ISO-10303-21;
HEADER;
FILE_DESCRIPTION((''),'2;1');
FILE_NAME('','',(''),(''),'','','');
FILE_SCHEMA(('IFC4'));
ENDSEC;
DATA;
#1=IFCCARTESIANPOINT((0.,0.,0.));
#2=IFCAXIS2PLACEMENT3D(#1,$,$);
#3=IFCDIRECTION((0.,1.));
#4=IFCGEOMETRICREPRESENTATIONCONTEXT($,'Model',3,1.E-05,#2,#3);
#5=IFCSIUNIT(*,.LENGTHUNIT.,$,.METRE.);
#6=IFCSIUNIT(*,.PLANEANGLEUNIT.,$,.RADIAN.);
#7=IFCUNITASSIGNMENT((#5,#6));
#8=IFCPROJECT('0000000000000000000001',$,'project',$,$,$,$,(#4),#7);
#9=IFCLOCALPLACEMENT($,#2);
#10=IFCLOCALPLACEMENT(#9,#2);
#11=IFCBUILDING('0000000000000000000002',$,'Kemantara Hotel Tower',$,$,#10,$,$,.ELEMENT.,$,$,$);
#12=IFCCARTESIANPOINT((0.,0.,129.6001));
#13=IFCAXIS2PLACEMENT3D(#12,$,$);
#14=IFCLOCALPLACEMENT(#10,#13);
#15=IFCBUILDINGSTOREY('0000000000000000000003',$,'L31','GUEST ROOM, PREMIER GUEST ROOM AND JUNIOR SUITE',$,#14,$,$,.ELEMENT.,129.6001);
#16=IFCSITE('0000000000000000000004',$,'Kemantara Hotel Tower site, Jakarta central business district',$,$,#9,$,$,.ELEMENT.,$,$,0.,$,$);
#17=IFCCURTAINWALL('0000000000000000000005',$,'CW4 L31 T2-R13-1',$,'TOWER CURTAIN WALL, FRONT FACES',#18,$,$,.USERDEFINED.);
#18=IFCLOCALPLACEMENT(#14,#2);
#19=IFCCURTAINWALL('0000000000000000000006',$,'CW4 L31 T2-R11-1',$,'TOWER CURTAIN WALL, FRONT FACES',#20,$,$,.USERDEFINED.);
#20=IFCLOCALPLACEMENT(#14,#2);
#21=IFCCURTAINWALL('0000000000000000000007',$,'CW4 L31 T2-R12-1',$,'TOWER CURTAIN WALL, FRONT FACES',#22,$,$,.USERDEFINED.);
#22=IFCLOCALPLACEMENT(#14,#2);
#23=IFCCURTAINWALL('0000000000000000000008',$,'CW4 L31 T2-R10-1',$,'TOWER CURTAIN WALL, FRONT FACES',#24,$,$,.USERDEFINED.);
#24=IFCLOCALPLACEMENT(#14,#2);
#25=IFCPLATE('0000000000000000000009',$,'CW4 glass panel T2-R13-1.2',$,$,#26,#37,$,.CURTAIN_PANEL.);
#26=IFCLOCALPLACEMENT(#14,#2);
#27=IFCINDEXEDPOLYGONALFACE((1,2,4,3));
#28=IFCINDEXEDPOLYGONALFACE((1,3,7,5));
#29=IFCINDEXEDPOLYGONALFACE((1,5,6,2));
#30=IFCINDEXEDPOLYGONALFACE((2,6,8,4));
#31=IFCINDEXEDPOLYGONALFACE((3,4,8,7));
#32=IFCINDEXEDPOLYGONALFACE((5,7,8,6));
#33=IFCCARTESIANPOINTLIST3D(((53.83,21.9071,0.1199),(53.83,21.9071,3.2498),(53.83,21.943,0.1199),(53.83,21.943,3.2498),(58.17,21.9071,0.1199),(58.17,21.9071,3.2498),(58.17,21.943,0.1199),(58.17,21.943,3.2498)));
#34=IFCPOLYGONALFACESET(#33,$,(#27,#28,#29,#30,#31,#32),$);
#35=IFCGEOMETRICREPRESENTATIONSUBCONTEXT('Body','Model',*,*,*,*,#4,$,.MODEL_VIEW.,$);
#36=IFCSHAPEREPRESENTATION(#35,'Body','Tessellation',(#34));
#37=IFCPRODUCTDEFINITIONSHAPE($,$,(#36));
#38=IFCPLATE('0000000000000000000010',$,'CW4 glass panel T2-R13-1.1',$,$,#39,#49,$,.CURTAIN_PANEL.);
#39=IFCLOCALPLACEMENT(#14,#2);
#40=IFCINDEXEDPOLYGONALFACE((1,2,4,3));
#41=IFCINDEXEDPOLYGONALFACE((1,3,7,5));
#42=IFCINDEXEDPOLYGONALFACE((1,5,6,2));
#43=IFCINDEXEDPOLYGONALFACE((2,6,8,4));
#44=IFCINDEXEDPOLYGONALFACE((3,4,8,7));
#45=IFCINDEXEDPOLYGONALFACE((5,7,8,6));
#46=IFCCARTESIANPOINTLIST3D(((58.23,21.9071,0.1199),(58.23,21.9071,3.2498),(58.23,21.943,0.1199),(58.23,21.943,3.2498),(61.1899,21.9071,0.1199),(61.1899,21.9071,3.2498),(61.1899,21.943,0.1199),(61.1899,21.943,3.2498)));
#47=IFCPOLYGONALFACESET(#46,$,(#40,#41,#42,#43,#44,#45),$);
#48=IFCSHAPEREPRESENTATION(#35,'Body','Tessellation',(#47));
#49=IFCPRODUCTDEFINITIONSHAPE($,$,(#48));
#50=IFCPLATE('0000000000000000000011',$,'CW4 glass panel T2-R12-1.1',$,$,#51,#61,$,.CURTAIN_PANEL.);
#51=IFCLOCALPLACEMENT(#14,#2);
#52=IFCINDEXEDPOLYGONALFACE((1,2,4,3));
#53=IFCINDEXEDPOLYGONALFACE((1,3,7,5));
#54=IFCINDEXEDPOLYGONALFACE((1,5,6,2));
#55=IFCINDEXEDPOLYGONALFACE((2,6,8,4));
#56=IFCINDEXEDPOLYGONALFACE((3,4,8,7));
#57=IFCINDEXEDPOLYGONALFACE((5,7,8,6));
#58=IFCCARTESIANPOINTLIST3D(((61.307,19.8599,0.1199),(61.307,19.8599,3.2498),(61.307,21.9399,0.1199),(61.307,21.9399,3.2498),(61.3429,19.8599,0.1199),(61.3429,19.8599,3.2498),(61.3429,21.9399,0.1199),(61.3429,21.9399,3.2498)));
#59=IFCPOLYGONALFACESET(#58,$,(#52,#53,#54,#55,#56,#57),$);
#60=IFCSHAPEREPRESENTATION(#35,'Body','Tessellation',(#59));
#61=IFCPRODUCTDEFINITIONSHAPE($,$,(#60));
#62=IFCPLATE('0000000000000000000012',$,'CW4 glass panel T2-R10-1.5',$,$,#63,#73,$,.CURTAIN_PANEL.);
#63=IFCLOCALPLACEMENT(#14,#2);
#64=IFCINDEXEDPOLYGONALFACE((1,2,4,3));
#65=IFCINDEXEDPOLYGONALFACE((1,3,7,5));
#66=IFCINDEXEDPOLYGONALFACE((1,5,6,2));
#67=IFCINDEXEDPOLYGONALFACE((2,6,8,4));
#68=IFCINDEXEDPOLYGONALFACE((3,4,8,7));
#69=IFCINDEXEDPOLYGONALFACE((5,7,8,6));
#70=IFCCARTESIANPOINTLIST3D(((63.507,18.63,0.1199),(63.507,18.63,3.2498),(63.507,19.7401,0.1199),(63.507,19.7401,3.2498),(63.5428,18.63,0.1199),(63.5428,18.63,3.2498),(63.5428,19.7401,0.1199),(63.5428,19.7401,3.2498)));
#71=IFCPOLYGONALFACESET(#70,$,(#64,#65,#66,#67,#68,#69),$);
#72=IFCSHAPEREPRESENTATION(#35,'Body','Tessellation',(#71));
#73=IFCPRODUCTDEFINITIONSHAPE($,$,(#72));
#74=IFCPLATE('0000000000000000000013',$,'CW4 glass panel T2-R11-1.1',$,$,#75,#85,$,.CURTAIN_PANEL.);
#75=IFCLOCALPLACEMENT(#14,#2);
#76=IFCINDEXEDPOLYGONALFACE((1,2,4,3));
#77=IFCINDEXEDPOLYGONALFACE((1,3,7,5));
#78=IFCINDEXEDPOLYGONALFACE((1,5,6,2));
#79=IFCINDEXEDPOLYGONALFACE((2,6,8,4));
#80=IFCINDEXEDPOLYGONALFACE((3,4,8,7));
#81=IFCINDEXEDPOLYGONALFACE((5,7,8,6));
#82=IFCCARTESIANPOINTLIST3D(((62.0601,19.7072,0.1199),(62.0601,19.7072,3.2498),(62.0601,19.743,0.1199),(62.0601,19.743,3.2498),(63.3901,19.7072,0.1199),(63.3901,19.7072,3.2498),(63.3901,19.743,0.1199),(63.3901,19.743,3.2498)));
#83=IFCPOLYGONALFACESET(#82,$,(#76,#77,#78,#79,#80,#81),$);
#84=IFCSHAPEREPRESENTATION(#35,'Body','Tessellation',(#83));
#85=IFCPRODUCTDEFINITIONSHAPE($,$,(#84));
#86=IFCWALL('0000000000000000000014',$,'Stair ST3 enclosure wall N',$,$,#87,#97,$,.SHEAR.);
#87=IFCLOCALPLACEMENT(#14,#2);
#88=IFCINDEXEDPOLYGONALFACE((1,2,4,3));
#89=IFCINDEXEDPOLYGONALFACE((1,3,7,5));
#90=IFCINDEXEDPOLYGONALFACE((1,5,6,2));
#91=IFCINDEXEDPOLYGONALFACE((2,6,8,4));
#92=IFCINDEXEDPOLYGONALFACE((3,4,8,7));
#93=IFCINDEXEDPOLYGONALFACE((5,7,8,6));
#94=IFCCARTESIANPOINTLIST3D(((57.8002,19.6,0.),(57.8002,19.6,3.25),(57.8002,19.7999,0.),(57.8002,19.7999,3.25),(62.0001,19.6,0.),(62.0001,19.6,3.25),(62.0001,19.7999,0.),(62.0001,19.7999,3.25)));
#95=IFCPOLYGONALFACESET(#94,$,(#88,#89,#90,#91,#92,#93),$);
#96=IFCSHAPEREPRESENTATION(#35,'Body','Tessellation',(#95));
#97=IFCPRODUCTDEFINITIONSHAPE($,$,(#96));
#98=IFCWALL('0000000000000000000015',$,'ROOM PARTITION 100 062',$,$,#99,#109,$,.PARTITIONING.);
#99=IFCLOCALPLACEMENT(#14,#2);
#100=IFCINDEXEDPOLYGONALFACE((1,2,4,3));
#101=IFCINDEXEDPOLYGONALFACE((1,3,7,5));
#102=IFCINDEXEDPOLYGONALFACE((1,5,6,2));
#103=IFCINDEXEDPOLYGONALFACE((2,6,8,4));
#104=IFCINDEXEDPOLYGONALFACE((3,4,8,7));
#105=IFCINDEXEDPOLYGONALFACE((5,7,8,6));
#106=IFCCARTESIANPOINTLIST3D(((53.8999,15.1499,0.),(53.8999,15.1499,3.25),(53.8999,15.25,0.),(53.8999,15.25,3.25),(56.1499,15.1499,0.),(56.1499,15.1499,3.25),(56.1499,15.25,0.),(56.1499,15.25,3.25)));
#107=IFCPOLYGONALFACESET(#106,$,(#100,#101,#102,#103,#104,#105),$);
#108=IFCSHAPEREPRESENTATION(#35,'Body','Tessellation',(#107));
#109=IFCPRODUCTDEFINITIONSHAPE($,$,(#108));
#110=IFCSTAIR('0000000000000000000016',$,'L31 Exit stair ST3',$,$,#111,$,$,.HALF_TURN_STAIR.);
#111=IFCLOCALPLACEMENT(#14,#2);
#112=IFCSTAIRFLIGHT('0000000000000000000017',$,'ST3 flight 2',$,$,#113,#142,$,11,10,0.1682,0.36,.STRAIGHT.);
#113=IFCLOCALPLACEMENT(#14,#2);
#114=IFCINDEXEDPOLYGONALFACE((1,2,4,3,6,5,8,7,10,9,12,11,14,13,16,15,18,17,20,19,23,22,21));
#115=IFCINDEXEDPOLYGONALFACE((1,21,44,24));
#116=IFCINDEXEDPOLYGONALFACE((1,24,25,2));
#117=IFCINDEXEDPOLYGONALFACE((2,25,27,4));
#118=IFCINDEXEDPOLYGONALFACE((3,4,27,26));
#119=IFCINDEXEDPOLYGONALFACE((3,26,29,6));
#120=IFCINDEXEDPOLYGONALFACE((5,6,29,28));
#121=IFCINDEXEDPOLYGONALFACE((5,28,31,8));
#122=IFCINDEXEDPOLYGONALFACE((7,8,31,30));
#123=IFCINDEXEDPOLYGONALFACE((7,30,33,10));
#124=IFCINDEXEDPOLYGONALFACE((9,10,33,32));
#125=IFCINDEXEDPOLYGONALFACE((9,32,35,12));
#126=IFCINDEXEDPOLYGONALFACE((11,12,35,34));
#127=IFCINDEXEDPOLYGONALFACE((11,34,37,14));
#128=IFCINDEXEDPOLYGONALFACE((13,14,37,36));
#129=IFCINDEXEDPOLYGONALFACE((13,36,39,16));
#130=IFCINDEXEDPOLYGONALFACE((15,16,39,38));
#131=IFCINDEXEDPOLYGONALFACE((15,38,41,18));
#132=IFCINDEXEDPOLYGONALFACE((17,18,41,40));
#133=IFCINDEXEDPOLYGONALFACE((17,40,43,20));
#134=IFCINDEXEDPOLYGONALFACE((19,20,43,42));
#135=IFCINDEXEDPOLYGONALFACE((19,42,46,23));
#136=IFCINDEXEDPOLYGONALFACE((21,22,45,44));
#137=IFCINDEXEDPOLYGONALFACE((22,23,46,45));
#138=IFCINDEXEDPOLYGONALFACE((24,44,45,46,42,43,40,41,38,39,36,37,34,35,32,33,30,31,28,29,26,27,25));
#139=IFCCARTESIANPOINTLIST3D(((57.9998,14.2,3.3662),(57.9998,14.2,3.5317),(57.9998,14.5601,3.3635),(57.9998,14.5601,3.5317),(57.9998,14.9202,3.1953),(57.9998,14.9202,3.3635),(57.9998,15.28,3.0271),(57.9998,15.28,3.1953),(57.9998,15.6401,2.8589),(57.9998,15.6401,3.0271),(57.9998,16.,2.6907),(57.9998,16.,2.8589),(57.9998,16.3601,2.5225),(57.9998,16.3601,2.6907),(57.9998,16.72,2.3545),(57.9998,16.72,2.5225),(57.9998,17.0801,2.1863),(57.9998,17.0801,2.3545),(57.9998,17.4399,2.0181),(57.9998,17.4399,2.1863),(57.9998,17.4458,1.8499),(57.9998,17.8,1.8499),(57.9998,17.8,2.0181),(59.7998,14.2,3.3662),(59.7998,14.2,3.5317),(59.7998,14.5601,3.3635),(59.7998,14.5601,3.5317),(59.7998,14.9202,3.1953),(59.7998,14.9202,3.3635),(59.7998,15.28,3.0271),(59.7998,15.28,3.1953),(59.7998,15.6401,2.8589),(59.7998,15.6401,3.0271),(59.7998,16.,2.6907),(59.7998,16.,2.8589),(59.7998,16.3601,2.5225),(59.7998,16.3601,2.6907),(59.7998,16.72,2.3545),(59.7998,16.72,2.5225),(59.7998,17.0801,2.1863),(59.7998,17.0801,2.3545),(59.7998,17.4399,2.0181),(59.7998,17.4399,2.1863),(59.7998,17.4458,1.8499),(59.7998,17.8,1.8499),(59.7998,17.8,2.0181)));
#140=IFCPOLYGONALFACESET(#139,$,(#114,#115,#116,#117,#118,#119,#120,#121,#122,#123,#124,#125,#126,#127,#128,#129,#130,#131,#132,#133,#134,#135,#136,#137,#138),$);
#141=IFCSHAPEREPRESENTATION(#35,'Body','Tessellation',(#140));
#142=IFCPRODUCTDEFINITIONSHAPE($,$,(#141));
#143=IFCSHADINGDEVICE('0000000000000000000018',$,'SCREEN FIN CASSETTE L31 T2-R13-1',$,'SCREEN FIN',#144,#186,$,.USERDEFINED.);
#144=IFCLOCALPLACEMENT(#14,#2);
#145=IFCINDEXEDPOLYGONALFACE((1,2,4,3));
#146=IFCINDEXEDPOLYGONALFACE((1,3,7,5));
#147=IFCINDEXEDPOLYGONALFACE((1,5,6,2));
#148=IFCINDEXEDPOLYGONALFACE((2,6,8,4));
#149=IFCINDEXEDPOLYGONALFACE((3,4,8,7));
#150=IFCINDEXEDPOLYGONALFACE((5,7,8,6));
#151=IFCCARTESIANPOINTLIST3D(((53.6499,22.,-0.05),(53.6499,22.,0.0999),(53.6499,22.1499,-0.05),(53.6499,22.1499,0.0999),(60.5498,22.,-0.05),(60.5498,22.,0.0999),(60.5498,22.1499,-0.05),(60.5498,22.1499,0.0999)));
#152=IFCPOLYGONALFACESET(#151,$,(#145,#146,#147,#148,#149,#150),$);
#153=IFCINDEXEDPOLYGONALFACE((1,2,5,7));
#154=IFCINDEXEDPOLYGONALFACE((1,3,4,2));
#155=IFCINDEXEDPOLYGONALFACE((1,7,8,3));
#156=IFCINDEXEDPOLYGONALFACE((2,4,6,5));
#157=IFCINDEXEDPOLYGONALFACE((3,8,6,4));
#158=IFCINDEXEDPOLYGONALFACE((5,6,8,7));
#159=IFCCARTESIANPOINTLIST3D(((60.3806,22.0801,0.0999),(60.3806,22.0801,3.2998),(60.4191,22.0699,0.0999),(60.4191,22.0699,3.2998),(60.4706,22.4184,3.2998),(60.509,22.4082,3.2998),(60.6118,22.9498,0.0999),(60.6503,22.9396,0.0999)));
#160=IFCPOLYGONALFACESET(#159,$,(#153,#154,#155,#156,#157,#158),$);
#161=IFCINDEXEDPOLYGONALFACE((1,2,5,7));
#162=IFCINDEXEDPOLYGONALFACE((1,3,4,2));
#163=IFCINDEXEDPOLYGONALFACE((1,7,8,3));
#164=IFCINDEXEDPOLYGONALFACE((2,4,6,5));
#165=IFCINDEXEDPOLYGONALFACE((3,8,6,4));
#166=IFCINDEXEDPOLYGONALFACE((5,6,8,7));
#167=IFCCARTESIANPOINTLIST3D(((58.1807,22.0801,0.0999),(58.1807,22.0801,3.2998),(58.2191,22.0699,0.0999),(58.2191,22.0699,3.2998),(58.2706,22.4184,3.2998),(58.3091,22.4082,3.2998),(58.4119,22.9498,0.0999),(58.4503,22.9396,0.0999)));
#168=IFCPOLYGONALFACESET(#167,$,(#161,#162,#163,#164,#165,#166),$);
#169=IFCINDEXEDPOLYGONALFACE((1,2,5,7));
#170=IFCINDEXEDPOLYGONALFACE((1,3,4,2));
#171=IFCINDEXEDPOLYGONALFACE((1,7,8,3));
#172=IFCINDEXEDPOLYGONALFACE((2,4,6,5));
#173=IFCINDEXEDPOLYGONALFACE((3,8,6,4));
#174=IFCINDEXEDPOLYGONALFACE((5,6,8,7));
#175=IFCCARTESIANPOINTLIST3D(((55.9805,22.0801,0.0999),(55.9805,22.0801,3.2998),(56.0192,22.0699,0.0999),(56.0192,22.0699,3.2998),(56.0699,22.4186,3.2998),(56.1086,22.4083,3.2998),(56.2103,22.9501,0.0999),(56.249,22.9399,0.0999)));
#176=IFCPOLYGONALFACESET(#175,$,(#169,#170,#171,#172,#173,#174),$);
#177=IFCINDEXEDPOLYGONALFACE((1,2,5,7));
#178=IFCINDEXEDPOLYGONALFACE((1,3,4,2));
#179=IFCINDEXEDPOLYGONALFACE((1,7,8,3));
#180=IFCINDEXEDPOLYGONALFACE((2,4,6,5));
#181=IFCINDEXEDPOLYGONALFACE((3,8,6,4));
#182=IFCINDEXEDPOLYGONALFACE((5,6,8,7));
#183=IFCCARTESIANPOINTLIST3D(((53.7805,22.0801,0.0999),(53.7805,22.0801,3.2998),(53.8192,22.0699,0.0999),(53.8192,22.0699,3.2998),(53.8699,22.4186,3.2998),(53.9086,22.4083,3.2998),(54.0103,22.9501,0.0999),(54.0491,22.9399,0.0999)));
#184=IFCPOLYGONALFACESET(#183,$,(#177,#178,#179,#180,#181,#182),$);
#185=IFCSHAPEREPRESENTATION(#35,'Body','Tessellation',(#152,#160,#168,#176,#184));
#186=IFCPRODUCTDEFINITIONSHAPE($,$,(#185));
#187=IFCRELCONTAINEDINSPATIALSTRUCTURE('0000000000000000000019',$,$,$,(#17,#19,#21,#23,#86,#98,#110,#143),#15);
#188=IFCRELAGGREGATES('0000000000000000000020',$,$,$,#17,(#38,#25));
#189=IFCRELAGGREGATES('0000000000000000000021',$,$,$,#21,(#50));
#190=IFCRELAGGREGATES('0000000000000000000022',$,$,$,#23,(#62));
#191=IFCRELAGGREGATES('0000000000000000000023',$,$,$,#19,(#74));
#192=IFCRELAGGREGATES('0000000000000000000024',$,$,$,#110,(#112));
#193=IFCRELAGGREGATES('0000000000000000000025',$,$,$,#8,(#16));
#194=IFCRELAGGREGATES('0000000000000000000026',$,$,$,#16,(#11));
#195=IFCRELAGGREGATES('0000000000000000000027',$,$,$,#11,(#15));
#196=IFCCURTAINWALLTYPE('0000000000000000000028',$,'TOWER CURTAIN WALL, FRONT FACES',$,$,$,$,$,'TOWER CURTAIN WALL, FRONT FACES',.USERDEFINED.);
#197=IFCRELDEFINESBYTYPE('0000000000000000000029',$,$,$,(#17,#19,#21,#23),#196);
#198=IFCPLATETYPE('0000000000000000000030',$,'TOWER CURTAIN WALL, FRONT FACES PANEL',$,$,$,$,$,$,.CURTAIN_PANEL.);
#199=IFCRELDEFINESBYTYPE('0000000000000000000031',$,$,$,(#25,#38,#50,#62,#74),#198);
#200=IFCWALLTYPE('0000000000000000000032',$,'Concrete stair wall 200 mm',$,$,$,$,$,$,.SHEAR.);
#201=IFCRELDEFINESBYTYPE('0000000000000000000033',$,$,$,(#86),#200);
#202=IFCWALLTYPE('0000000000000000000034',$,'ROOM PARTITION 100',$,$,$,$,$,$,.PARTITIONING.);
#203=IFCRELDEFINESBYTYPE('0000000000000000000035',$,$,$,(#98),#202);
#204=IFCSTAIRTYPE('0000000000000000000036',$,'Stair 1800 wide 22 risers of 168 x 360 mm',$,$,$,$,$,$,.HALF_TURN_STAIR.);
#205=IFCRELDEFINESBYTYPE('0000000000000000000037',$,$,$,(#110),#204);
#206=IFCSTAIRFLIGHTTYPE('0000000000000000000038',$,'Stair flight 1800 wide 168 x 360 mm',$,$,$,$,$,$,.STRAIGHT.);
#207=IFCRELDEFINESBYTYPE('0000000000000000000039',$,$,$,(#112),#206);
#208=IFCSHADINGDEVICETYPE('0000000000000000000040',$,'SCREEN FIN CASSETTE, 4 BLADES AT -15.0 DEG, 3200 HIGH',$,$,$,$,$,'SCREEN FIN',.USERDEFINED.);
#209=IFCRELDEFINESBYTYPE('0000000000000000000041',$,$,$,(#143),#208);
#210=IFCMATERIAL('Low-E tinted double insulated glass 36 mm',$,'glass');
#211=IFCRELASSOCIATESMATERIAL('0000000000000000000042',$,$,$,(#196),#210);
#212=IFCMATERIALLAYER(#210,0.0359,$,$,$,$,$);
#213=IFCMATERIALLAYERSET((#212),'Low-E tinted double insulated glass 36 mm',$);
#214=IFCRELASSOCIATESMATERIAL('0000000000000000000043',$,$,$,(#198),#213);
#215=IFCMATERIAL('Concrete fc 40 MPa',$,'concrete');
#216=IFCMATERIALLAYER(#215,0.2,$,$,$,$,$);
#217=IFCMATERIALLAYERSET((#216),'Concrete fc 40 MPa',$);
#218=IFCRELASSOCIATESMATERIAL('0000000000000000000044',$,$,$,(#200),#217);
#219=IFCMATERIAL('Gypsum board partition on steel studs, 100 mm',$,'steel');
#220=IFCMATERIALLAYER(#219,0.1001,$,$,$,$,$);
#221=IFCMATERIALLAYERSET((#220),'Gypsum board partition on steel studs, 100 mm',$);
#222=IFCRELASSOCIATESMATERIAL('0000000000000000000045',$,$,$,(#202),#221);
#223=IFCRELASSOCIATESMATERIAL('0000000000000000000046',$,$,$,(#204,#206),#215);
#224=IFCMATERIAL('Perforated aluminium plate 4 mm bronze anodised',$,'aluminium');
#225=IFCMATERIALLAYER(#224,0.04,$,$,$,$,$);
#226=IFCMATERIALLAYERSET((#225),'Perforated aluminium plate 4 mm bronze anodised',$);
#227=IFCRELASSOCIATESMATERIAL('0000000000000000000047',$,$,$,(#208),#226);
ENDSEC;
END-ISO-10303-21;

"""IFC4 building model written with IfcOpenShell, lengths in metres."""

from ifc_helpers import new_model, si_unit, direction, frame, frame_2d, origin, origin_2d, place, context, subcontext, project, spatial, polyline, rectangle, outline, extrude, source, transform, mapped, material, layer, layer_set, type_object, element, aggregate, save


model = new_model("IFC4")

# Units and contexts
model_context = context("Model", 3, precision=1e-05, world=origin(), true_north=direction((0.0, 1.0)))
body_context = subcontext(model_context, "Body", "Model", "MODEL_VIEW")
ifc_project = project(units=[si_unit("LENGTHUNIT", "METRE"), si_unit("PLANEANGLEUNIT", "RADIAN")], contexts=[model_context])

# Site, building, storey
site_placement = place(None, origin())
site = spatial("IfcSite", under=ifc_project, at=site_placement, Name="Kemantara Hotel Tower site, Jakarta central business district", CompositionType="ELEMENT", RefElevation=0.0)
building_placement = place(site_placement, origin())
building = spatial("IfcBuilding", under=site, at=building_placement, Name="Kemantara Hotel Tower", CompositionType="ELEMENT")
storey_placement = place(building_placement, frame((0.0, 0.0, 129.6001)))
storey = spatial("IfcBuildingStorey", under=building, at=storey_placement, Name="L31", Description="GUEST ROOM, PREMIER GUEST ROOM AND JUNIOR SUITE", CompositionType="ELEMENT", Elevation=129.6001)

# Curtain walls
ifc_material_1 = material(Name="Low-E tinted double insulated glass 36 mm", Category="glass")
curtain_wall_type = type_object("IfcCurtainWallType", Name="TOWER CURTAIN WALL, FRONT FACES", ElementType="TOWER CURTAIN WALL, FRONT FACES", PredefinedType="USERDEFINED", material=ifc_material_1)
curtain_wall_1_placement = place(storey_placement, origin())
curtain_wall_1 = element("IfcCurtainWall", 1, at=curtain_wall_1_placement, inside=storey, type_object=curtain_wall_type, Name="CW4 L31 T2-R13-1", ObjectType="TOWER CURTAIN WALL, FRONT FACES", PredefinedType="USERDEFINED")
curtain_wall_2_placement = place(storey_placement, origin())
curtain_wall_2 = element("IfcCurtainWall", 2, at=curtain_wall_2_placement, inside=storey, type_object=curtain_wall_type, Name="CW4 L31 T2-R11-1", ObjectType="TOWER CURTAIN WALL, FRONT FACES", PredefinedType="USERDEFINED")
curtain_wall_3_placement = place(storey_placement, origin())
curtain_wall_3 = element("IfcCurtainWall", 3, at=curtain_wall_3_placement, inside=storey, type_object=curtain_wall_type, Name="CW4 L31 T2-R12-1", ObjectType="TOWER CURTAIN WALL, FRONT FACES", PredefinedType="USERDEFINED")

# Curtain wall
curtain_wall_4_placement = place(storey_placement, origin())
curtain_wall_4 = element("IfcCurtainWall", 4, at=curtain_wall_4_placement, inside=storey, type_object=curtain_wall_type, Name="CW4 L31 T2-R10-1", ObjectType="TOWER CURTAIN WALL, FRONT FACES", PredefinedType="USERDEFINED")

# Plates
ifc_layer_1 = layer(ifc_material_1, 0.0359)
ifc_layer_set_1 = layer_set([ifc_layer_1], Name="Low-E tinted double insulated glass 36 mm")
plate_type = type_object("IfcPlateType", Name="TOWER CURTAIN WALL, FRONT FACES PANEL", PredefinedType="CURTAIN_PANEL", material=ifc_layer_set_1)
shared_shape_1 = source(origin(), body_context, "Body", "SweptSolid", [
    extrude(rectangle(XDim=4.3401, YDim=0.0359, at=origin_2d()), origin(), (0.0, 0.0, 1.0), 3.1299),
])
plate_1_placement = place(storey_placement, frame((56.0, 21.925, 0.1199), z_axis=(0.0, 0.0, 1.0), x_axis=(-1.0, 0.0, 0.0)))
plate_1 = element("IfcPlate", 5, at=plate_1_placement, type_object=plate_type, Name="CW4 glass panel T2-R13-1.2", PredefinedType="CURTAIN_PANEL", context=body_context, shape_type="MappedRepresentation", body=[
    mapped(shared_shape_1, transform((0.0, 0.0, 0.0))),
])
shared_shape_2 = source(origin(), body_context, "Body", "SweptSolid", [
    extrude(rectangle(XDim=2.96, YDim=0.0359, at=origin_2d()), origin(), (0.0, 0.0, 1.0), 3.1299),
])
plate_2_placement = place(storey_placement, frame((59.71, 21.925, 0.1199), z_axis=(0.0, 0.0, 1.0), x_axis=(-1.0, 0.0, 0.0)))
plate_2 = element("IfcPlate", 6, at=plate_2_placement, type_object=plate_type, Name="CW4 glass panel T2-R13-1.1", PredefinedType="CURTAIN_PANEL", context=body_context, shape_type="MappedRepresentation", body=[
    mapped(shared_shape_2, transform((0.0, 0.0, 0.0))),
])
aggregate(curtain_wall_1, [plate_2, plate_1])
shared_shape_3 = source(origin(), body_context, "Body", "SweptSolid", [
    extrude(rectangle(XDim=2.0801, YDim=0.0359, at=origin_2d()), origin(), (0.0, 0.0, 1.0), 3.1299),
])
plate_3_placement = place(storey_placement, frame((61.325, 20.8999, 0.1199), z_axis=(0.0, 0.0, 1.0), x_axis=(0.0, 1.0, 0.0)))
plate_3 = element("IfcPlate", 7, at=plate_3_placement, type_object=plate_type, Name="CW4 glass panel T2-R12-1.1", PredefinedType="CURTAIN_PANEL", context=body_context, shape_type="MappedRepresentation", body=[
    mapped(shared_shape_3, transform((0.0, 0.0, 0.0))),
])
aggregate(curtain_wall_3, [plate_3])
shared_shape_4 = source(origin(), body_context, "Body", "SweptSolid", [
    extrude(rectangle(XDim=1.1101, YDim=0.0359, at=origin_2d()), origin(), (0.0, 0.0, 1.0), 3.1299),
])
plate_4_placement = place(storey_placement, frame((63.5249, 19.1851, 0.1199), z_axis=(0.0, 0.0, 1.0), x_axis=(0.0, 1.0, 0.0)))
plate_4 = element("IfcPlate", 8, at=plate_4_placement, type_object=plate_type, Name="CW4 glass panel T2-R10-1.5", PredefinedType="CURTAIN_PANEL", context=body_context, shape_type="MappedRepresentation", body=[
    mapped(shared_shape_4, transform((0.0, 0.0, 0.0))),
])
aggregate(curtain_wall_4, [plate_4])
shared_shape_5 = source(origin(), body_context, "Body", "SweptSolid", [
    extrude(rectangle(XDim=1.3301, YDim=0.0359, at=origin_2d()), origin(), (0.0, 0.0, 1.0), 3.1299),
])
plate_5_placement = place(storey_placement, frame((62.7251, 19.7251, 0.1199), z_axis=(0.0, 0.0, 1.0), x_axis=(-1.0, 0.0, 0.0)))
plate_5 = element("IfcPlate", 9, at=plate_5_placement, type_object=plate_type, Name="CW4 glass panel T2-R11-1.1", PredefinedType="CURTAIN_PANEL", context=body_context, shape_type="MappedRepresentation", body=[
    mapped(shared_shape_5, transform((0.0, 0.0, 0.0))),
])
aggregate(curtain_wall_2, [plate_5])

# Walls
ifc_material_2 = material(Name="Concrete fc 40 MPa", Category="concrete")
ifc_layer_2 = layer(ifc_material_2, 0.2)
ifc_layer_set_2 = layer_set([ifc_layer_2], Name="Concrete fc 40 MPa")
wall_type_1 = type_object("IfcWallType", Name="Concrete stair wall 200 mm", PredefinedType="SHEAR", material=ifc_layer_set_2)
wall_1_placement = place(storey_placement, frame((57.8, 19.7, 0.0), z_axis=(0.0, 0.0, 1.0), x_axis=(1.0, 0.0, 0.0)))
element("IfcWall", 10, at=wall_1_placement, inside=storey, type_object=wall_type_1, Name="Stair ST3 enclosure wall N", PredefinedType="SHEAR", context=body_context, shape_type="SweptSolid", body=[
    extrude(rectangle(XDim=4.2, YDim=0.2, at=frame_2d((2.1001, 0.0))), origin(), (0.0, 0.0, 1.0), 3.25),
])
ifc_material_3 = material(Name="Gypsum board partition on steel studs, 100 mm", Category="steel")
ifc_layer_3 = layer(ifc_material_3, 0.1001)
ifc_layer_set_3 = layer_set([ifc_layer_3], Name="Gypsum board partition on steel studs, 100 mm")
wall_type_2 = type_object("IfcWallType", Name="ROOM PARTITION 100", PredefinedType="PARTITIONING", material=ifc_layer_set_3)
wall_2_placement = place(storey_placement, frame((53.8999, 15.2, 0.0), z_axis=(0.0, 0.0, 1.0), x_axis=(1.0, 0.0, 0.0)))
element("IfcWall", 11, at=wall_2_placement, inside=storey, type_object=wall_type_2, Name="ROOM PARTITION 100 062", PredefinedType="PARTITIONING", context=body_context, shape_type="SweptSolid", body=[
    extrude(rectangle(XDim=2.25, YDim=0.1001, at=frame_2d((1.125, 0.0))), origin(), (0.0, 0.0, 1.0), 3.25),
])

# Stair, stair flight
stair_type = type_object("IfcStairType", Name="Stair 1800 wide 22 risers of 168 x 360 mm", PredefinedType="HALF_TURN_STAIR", material=ifc_material_2)
stair_placement = place(storey_placement, origin())
stair = element("IfcStair", 12, at=stair_placement, inside=storey, type_object=stair_type, Name="L31 Exit stair ST3", PredefinedType="HALF_TURN_STAIR")
stair_flight_type = type_object("IfcStairFlightType", Name="Stair flight 1800 wide 168 x 360 mm", PredefinedType="STRAIGHT", material=ifc_material_2)
stair_flight_placement = place(storey_placement, frame((58.8999, 17.8, 1.8499), z_axis=(0.0, 0.0, 1.0), x_axis=(0.0, -1.0, 0.0)))
stair_flight = element("IfcStairFlight", 13, at=stair_flight_placement, type_object=stair_flight_type, Name="ST3 flight 2", NumberOfRisers=11, NumberOfTreads=10, PredefinedType="STRAIGHT", RiserHeight=0.1682, TreadLength=0.36, context=body_context, shape_type="SweptSolid", body=[
    extrude(outline(polyline([(0.0, 0.0), (0.0, 0.1682), (0.3601, 0.1682), (0.3601, 0.3364), (0.72, 0.3364), (0.72, 0.5046), (1.0801, 0.5046), (1.0801, 0.6726), (1.4399, 0.6726), (1.4399, 0.8408), (1.8, 0.8408), (1.8, 1.009), (2.1599, 1.009), (2.1599, 1.1772), (2.52, 1.1772), (2.52, 1.3455), (2.8799, 1.3455), (2.8799, 1.5137), (3.24, 1.5137), (3.24, 1.6819), (3.6001, 1.6819), (3.6001, 1.8501), (3.6001, 1.5164), (0.3542, 0.0), (0.0, 0.0)])), frame((0.0, 0.8999, 0.0), z_axis=(0.0, -1.0, 0.0), x_axis=(1.0, 0.0, 0.0)), (0.0, 0.0, 1.0), 1.8),
])
aggregate(stair, [stair_flight])

# Shading device
ifc_material_4 = material(Name="Perforated aluminium plate 4 mm bronze anodised", Category="aluminium")
ifc_layer_4 = layer(ifc_material_4, 0.04)
ifc_layer_set_4 = layer_set([ifc_layer_4], Name="Perforated aluminium plate 4 mm bronze anodised")
shading_device_type_1 = type_object("IfcShadingDeviceType", Name="SCREEN FIN CASSETTE, 4 BLADES AT -15.0 DEG, 3200 HIGH", ElementType="SCREEN FIN", PredefinedType="USERDEFINED", material=ifc_layer_set_4)
shared_shape_6 = source(origin(), body_context, "Body", "SweptSolid", [
    extrude(rectangle(XDim=6.8999, YDim=0.1499, at=origin_2d()), frame((3.3, -0.075, -0.1499), z_axis=(0.0, 0.0, 1.0), x_axis=(1.0, 0.0, 0.0)), (0.0, 0.0, 1.0), 0.1499),
    extrude(outline(polyline([(0.0, 0.0), (0.8999, 0.0), (0.3501, 3.2), (0.0, 3.2), (0.0, 0.0)])), frame((0.0193, -0.0801, 0.0), z_axis=(-0.966438, 0.256901, 0.0), x_axis=(-0.256901, -0.966438, 0.0)), (0.0, 0.0, 1.0), 0.0398),
    extrude(outline(polyline([(0.0, 0.0), (0.8999, 0.0), (0.3501, 3.2), (0.0, 3.2), (0.0, 0.0)])), frame((2.2192, -0.0801, 0.0), z_axis=(-0.966438, 0.256901, 0.0), x_axis=(-0.256901, -0.966438, 0.0)), (0.0, 0.0, 1.0), 0.0398),
    extrude(outline(polyline([(0.0, 0.0), (0.8999, 0.0), (0.3501, 3.2), (0.0, 3.2), (0.0, 0.0)])), frame((4.4194, -0.0801, 0.0), z_axis=(-0.966838, 0.255391, 0.0), x_axis=(-0.255391, -0.966838, 0.0)), (0.0, 0.0, 1.0), 0.04),
    extrude(outline(polyline([(0.0, 0.0), (0.8999, 0.0), (0.3501, 3.2), (0.0, 3.2), (0.0, 0.0)])), frame((6.6194, -0.0801, 0.0), z_axis=(-0.966838, 0.255391, 0.0), x_axis=(-0.255391, -0.966838, 0.0)), (0.0, 0.0, 1.0), 0.04),
])
shading_device_1_placement = place(storey_placement, frame((60.3999, 22.0, 0.0999), z_axis=(0.0, 0.0, 1.0), x_axis=(-1.0, 0.0, 0.0)))
element("IfcShadingDevice", 14, at=shading_device_1_placement, inside=storey, type_object=shading_device_type_1, Name="SCREEN FIN CASSETTE L31 T2-R13-1", ObjectType="SCREEN FIN", PredefinedType="USERDEFINED", context=body_context, shape_type="MappedRepresentation", body=[
    mapped(shared_shape_6, transform((0.0, 0.0, 0.0))),
])

save(model, "model.ifc")
